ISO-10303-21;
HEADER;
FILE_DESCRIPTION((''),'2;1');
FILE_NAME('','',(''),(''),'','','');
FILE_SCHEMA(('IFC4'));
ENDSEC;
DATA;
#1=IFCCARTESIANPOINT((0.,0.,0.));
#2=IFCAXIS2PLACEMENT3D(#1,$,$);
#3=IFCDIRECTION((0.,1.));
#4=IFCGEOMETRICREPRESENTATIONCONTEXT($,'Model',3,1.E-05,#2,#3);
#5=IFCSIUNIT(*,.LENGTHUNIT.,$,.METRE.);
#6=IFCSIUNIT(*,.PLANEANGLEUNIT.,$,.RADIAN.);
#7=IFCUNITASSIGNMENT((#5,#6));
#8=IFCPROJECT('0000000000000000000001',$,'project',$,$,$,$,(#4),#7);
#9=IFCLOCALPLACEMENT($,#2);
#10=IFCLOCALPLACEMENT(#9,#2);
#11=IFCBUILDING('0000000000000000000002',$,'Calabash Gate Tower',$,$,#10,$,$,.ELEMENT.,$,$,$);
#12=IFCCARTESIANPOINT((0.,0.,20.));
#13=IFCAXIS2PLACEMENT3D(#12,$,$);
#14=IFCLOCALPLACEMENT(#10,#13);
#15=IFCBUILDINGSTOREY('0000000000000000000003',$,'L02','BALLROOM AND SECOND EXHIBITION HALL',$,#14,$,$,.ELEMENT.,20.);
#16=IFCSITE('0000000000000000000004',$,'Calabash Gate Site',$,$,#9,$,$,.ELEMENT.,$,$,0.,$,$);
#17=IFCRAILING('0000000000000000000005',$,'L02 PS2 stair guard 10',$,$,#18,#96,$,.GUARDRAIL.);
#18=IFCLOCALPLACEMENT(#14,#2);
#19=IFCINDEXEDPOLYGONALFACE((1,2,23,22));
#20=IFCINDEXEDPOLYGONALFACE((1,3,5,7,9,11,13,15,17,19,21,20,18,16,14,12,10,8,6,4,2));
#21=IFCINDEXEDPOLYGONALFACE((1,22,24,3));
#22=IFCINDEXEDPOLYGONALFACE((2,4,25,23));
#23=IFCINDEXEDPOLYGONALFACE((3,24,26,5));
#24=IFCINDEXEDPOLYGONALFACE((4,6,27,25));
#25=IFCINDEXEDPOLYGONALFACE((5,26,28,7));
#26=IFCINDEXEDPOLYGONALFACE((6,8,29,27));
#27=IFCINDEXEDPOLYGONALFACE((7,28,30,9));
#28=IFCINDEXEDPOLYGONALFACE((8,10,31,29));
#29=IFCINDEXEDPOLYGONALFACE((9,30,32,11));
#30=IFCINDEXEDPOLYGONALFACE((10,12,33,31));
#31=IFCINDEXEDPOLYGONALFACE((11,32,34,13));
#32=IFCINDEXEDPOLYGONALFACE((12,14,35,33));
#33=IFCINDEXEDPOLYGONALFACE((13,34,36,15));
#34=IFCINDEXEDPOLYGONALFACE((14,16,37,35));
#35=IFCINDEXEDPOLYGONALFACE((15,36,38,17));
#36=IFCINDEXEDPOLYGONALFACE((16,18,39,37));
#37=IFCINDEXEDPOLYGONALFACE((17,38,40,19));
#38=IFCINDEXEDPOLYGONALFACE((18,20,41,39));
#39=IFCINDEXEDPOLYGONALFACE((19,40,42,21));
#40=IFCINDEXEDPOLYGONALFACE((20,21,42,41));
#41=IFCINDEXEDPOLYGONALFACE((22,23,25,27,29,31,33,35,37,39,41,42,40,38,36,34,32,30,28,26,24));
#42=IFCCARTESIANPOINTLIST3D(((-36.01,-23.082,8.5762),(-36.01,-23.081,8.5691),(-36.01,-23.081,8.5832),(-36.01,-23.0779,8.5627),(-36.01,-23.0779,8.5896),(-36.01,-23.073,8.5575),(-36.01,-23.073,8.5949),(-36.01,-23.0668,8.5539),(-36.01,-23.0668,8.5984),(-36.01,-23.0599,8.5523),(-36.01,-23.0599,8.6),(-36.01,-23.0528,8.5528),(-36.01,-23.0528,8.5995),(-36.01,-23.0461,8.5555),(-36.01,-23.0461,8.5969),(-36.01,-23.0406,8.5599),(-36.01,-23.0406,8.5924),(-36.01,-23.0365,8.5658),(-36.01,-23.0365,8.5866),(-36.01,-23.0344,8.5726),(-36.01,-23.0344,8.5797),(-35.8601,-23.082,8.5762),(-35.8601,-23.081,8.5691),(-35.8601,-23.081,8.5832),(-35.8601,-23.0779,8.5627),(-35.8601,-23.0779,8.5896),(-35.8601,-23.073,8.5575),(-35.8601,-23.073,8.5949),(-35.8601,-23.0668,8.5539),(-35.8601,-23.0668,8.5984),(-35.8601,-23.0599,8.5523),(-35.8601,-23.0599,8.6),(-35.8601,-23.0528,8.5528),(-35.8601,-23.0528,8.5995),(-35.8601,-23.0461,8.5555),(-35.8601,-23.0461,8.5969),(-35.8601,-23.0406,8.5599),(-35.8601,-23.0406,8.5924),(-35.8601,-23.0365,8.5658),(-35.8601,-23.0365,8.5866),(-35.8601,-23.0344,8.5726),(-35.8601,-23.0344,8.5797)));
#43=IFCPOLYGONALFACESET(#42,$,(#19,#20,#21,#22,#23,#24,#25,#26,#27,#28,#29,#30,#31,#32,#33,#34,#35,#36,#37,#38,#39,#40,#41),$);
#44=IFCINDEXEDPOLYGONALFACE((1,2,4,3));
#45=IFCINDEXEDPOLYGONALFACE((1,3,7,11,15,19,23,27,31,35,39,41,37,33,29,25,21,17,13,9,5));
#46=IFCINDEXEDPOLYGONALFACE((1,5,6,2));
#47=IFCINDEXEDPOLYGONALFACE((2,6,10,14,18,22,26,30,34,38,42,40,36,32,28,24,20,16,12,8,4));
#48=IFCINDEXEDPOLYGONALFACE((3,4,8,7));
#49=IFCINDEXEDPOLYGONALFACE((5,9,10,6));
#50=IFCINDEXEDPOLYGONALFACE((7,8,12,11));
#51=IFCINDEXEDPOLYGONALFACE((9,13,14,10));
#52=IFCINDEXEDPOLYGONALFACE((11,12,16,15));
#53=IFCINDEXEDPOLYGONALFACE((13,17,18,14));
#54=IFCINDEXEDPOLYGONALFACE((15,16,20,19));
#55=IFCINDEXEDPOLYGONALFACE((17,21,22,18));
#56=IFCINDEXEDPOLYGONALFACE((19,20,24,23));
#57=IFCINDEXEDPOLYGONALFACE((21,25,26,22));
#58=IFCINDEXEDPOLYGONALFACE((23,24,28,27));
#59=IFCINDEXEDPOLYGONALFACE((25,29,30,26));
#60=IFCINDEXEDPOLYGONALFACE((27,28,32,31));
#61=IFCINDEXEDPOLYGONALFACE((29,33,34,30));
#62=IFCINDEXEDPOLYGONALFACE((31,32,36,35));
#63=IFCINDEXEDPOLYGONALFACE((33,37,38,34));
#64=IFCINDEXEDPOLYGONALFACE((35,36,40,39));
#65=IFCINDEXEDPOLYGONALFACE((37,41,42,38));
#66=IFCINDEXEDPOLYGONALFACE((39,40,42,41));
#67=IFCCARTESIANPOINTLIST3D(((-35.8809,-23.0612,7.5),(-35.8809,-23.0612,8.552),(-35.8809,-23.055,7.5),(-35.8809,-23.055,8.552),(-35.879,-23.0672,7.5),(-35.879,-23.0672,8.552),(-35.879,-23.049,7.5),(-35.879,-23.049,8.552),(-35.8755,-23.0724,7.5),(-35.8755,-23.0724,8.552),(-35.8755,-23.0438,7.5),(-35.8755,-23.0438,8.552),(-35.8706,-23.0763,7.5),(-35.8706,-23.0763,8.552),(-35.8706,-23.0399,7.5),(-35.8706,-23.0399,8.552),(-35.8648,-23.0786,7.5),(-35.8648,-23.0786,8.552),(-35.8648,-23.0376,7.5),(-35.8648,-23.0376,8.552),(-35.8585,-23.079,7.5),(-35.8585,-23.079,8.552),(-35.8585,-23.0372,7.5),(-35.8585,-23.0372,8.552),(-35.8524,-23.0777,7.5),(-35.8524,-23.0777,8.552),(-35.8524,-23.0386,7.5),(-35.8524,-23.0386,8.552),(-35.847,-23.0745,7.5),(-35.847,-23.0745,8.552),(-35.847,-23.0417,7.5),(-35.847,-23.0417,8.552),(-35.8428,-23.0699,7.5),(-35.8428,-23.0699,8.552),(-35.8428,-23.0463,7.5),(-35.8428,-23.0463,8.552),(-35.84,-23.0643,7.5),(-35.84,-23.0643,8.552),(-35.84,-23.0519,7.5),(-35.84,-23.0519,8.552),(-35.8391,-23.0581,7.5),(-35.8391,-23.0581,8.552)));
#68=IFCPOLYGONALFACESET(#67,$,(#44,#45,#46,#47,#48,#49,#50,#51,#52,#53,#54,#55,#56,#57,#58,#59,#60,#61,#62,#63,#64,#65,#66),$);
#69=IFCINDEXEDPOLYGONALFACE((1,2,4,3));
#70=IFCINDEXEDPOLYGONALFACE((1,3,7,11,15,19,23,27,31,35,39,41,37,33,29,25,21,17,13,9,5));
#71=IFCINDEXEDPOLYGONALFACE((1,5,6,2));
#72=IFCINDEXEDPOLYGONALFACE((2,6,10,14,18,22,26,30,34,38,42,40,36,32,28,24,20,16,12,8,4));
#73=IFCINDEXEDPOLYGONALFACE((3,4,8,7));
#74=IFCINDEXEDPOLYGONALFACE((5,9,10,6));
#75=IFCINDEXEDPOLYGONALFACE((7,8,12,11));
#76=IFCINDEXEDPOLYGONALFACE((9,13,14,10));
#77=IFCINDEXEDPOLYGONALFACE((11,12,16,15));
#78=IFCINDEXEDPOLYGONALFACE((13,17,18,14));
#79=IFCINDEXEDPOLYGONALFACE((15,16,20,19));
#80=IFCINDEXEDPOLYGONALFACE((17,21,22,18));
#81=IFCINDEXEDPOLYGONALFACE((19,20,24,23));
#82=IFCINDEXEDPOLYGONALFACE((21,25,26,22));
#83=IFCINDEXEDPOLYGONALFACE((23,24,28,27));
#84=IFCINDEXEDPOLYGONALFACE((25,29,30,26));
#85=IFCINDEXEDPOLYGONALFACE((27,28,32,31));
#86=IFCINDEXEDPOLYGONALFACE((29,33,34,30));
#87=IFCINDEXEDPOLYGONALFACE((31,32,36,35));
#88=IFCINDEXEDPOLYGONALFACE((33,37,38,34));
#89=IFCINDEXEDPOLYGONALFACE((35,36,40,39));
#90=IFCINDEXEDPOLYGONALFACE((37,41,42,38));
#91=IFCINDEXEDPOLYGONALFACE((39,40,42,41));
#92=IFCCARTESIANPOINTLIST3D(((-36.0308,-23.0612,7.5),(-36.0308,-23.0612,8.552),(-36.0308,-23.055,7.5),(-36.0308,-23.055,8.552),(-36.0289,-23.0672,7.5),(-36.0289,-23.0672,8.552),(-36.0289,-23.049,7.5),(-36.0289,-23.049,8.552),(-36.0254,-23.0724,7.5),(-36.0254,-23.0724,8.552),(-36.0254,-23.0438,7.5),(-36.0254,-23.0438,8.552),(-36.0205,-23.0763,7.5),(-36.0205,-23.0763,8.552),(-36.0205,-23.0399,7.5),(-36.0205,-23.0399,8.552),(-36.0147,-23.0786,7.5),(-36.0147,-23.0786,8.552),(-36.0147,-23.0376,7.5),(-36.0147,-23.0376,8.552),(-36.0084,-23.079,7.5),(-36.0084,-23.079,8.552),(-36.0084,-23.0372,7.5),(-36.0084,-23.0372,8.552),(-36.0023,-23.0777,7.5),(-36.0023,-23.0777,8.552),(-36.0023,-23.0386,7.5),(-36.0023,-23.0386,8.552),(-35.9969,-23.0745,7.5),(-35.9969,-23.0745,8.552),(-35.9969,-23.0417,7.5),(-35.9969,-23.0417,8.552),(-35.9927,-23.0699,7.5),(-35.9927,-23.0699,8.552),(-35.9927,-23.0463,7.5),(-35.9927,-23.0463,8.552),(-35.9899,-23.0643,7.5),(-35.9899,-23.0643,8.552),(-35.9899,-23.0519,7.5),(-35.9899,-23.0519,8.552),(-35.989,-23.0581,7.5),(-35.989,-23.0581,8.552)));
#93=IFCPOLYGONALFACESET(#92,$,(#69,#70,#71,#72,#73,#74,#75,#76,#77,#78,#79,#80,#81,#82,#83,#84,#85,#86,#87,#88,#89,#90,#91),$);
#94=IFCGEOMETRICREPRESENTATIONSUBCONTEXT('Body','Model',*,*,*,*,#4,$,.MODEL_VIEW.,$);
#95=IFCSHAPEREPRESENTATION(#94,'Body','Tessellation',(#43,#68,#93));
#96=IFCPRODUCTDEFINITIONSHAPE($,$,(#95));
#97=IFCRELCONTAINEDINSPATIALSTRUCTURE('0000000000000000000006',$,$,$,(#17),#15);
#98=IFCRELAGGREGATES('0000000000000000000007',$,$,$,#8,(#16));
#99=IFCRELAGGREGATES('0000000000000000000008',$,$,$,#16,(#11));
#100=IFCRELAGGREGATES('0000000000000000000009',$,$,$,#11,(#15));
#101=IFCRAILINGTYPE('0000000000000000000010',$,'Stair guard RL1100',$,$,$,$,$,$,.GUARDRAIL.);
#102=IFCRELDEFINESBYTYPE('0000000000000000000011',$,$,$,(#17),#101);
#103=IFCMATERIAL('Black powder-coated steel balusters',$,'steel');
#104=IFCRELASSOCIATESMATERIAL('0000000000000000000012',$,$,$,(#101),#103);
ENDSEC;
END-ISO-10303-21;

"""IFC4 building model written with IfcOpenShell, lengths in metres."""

from ifc_helpers import new_model, si_unit, direction, frame, origin, origin_2d, place, context, subcontext, project, spatial, circle, extrude, material, type_object, element, save


model = new_model("IFC4")

# Units and contexts
model_context = context("Model", 3, precision=1e-05, world=origin(), true_north=direction((0.0, 1.0)))
body_context = subcontext(model_context, "Body", "Model", "MODEL_VIEW")
ifc_project = project(units=[si_unit("LENGTHUNIT", "METRE"), si_unit("PLANEANGLEUNIT", "RADIAN")], contexts=[model_context])

# Site, building, storey
site_placement = place(None, origin())
site = spatial("IfcSite", under=ifc_project, at=site_placement, Name="Calabash Gate Site", CompositionType="ELEMENT", RefElevation=0.0)
building_placement = place(site_placement, origin())
building = spatial("IfcBuilding", under=site, at=building_placement, Name="Calabash Gate Tower", CompositionType="ELEMENT")
storey_placement = place(building_placement, frame((0.0, 0.0, 20.0)))
storey = spatial("IfcBuildingStorey", under=building, at=storey_placement, Name="L02", Description="BALLROOM AND SECOND EXHIBITION HALL", CompositionType="ELEMENT", Elevation=20.0)

# Railing
ifc_material_1 = material(Name="Black powder-coated steel balusters", Category="steel")
railing_type_1 = type_object("IfcRailingType", Name="Stair guard RL1100", PredefinedType="GUARDRAIL", material=ifc_material_1)
railing_1_placement = place(storey_placement, frame((-35.8601, -23.0581, 7.5)))
element("IfcRailing", 1, at=railing_1_placement, inside=storey, type_object=railing_type_1, Name="L02 PS2 stair guard 10", PredefinedType="GUARDRAIL", context=body_context, shape_type="SweptSolid", body=[
    extrude(circle(Radius=0.0239, at=origin_2d()), frame((0.0, 0.0, 1.0762), z_axis=(-1.0, 0.0, 0.0), x_axis=(0.0, -1.0, 0.0)), (0.0, 0.0, 1.0), 0.1499),
    extrude(circle(Radius=0.021, at=origin_2d()), origin(), (0.0, 0.0, 1.0), 1.052),
    extrude(circle(Radius=0.021, at=origin_2d()), frame((-0.1499, 0.0, 0.0)), (0.0, 0.0, 1.0), 1.052),
])

save(model, "model.ifc")
